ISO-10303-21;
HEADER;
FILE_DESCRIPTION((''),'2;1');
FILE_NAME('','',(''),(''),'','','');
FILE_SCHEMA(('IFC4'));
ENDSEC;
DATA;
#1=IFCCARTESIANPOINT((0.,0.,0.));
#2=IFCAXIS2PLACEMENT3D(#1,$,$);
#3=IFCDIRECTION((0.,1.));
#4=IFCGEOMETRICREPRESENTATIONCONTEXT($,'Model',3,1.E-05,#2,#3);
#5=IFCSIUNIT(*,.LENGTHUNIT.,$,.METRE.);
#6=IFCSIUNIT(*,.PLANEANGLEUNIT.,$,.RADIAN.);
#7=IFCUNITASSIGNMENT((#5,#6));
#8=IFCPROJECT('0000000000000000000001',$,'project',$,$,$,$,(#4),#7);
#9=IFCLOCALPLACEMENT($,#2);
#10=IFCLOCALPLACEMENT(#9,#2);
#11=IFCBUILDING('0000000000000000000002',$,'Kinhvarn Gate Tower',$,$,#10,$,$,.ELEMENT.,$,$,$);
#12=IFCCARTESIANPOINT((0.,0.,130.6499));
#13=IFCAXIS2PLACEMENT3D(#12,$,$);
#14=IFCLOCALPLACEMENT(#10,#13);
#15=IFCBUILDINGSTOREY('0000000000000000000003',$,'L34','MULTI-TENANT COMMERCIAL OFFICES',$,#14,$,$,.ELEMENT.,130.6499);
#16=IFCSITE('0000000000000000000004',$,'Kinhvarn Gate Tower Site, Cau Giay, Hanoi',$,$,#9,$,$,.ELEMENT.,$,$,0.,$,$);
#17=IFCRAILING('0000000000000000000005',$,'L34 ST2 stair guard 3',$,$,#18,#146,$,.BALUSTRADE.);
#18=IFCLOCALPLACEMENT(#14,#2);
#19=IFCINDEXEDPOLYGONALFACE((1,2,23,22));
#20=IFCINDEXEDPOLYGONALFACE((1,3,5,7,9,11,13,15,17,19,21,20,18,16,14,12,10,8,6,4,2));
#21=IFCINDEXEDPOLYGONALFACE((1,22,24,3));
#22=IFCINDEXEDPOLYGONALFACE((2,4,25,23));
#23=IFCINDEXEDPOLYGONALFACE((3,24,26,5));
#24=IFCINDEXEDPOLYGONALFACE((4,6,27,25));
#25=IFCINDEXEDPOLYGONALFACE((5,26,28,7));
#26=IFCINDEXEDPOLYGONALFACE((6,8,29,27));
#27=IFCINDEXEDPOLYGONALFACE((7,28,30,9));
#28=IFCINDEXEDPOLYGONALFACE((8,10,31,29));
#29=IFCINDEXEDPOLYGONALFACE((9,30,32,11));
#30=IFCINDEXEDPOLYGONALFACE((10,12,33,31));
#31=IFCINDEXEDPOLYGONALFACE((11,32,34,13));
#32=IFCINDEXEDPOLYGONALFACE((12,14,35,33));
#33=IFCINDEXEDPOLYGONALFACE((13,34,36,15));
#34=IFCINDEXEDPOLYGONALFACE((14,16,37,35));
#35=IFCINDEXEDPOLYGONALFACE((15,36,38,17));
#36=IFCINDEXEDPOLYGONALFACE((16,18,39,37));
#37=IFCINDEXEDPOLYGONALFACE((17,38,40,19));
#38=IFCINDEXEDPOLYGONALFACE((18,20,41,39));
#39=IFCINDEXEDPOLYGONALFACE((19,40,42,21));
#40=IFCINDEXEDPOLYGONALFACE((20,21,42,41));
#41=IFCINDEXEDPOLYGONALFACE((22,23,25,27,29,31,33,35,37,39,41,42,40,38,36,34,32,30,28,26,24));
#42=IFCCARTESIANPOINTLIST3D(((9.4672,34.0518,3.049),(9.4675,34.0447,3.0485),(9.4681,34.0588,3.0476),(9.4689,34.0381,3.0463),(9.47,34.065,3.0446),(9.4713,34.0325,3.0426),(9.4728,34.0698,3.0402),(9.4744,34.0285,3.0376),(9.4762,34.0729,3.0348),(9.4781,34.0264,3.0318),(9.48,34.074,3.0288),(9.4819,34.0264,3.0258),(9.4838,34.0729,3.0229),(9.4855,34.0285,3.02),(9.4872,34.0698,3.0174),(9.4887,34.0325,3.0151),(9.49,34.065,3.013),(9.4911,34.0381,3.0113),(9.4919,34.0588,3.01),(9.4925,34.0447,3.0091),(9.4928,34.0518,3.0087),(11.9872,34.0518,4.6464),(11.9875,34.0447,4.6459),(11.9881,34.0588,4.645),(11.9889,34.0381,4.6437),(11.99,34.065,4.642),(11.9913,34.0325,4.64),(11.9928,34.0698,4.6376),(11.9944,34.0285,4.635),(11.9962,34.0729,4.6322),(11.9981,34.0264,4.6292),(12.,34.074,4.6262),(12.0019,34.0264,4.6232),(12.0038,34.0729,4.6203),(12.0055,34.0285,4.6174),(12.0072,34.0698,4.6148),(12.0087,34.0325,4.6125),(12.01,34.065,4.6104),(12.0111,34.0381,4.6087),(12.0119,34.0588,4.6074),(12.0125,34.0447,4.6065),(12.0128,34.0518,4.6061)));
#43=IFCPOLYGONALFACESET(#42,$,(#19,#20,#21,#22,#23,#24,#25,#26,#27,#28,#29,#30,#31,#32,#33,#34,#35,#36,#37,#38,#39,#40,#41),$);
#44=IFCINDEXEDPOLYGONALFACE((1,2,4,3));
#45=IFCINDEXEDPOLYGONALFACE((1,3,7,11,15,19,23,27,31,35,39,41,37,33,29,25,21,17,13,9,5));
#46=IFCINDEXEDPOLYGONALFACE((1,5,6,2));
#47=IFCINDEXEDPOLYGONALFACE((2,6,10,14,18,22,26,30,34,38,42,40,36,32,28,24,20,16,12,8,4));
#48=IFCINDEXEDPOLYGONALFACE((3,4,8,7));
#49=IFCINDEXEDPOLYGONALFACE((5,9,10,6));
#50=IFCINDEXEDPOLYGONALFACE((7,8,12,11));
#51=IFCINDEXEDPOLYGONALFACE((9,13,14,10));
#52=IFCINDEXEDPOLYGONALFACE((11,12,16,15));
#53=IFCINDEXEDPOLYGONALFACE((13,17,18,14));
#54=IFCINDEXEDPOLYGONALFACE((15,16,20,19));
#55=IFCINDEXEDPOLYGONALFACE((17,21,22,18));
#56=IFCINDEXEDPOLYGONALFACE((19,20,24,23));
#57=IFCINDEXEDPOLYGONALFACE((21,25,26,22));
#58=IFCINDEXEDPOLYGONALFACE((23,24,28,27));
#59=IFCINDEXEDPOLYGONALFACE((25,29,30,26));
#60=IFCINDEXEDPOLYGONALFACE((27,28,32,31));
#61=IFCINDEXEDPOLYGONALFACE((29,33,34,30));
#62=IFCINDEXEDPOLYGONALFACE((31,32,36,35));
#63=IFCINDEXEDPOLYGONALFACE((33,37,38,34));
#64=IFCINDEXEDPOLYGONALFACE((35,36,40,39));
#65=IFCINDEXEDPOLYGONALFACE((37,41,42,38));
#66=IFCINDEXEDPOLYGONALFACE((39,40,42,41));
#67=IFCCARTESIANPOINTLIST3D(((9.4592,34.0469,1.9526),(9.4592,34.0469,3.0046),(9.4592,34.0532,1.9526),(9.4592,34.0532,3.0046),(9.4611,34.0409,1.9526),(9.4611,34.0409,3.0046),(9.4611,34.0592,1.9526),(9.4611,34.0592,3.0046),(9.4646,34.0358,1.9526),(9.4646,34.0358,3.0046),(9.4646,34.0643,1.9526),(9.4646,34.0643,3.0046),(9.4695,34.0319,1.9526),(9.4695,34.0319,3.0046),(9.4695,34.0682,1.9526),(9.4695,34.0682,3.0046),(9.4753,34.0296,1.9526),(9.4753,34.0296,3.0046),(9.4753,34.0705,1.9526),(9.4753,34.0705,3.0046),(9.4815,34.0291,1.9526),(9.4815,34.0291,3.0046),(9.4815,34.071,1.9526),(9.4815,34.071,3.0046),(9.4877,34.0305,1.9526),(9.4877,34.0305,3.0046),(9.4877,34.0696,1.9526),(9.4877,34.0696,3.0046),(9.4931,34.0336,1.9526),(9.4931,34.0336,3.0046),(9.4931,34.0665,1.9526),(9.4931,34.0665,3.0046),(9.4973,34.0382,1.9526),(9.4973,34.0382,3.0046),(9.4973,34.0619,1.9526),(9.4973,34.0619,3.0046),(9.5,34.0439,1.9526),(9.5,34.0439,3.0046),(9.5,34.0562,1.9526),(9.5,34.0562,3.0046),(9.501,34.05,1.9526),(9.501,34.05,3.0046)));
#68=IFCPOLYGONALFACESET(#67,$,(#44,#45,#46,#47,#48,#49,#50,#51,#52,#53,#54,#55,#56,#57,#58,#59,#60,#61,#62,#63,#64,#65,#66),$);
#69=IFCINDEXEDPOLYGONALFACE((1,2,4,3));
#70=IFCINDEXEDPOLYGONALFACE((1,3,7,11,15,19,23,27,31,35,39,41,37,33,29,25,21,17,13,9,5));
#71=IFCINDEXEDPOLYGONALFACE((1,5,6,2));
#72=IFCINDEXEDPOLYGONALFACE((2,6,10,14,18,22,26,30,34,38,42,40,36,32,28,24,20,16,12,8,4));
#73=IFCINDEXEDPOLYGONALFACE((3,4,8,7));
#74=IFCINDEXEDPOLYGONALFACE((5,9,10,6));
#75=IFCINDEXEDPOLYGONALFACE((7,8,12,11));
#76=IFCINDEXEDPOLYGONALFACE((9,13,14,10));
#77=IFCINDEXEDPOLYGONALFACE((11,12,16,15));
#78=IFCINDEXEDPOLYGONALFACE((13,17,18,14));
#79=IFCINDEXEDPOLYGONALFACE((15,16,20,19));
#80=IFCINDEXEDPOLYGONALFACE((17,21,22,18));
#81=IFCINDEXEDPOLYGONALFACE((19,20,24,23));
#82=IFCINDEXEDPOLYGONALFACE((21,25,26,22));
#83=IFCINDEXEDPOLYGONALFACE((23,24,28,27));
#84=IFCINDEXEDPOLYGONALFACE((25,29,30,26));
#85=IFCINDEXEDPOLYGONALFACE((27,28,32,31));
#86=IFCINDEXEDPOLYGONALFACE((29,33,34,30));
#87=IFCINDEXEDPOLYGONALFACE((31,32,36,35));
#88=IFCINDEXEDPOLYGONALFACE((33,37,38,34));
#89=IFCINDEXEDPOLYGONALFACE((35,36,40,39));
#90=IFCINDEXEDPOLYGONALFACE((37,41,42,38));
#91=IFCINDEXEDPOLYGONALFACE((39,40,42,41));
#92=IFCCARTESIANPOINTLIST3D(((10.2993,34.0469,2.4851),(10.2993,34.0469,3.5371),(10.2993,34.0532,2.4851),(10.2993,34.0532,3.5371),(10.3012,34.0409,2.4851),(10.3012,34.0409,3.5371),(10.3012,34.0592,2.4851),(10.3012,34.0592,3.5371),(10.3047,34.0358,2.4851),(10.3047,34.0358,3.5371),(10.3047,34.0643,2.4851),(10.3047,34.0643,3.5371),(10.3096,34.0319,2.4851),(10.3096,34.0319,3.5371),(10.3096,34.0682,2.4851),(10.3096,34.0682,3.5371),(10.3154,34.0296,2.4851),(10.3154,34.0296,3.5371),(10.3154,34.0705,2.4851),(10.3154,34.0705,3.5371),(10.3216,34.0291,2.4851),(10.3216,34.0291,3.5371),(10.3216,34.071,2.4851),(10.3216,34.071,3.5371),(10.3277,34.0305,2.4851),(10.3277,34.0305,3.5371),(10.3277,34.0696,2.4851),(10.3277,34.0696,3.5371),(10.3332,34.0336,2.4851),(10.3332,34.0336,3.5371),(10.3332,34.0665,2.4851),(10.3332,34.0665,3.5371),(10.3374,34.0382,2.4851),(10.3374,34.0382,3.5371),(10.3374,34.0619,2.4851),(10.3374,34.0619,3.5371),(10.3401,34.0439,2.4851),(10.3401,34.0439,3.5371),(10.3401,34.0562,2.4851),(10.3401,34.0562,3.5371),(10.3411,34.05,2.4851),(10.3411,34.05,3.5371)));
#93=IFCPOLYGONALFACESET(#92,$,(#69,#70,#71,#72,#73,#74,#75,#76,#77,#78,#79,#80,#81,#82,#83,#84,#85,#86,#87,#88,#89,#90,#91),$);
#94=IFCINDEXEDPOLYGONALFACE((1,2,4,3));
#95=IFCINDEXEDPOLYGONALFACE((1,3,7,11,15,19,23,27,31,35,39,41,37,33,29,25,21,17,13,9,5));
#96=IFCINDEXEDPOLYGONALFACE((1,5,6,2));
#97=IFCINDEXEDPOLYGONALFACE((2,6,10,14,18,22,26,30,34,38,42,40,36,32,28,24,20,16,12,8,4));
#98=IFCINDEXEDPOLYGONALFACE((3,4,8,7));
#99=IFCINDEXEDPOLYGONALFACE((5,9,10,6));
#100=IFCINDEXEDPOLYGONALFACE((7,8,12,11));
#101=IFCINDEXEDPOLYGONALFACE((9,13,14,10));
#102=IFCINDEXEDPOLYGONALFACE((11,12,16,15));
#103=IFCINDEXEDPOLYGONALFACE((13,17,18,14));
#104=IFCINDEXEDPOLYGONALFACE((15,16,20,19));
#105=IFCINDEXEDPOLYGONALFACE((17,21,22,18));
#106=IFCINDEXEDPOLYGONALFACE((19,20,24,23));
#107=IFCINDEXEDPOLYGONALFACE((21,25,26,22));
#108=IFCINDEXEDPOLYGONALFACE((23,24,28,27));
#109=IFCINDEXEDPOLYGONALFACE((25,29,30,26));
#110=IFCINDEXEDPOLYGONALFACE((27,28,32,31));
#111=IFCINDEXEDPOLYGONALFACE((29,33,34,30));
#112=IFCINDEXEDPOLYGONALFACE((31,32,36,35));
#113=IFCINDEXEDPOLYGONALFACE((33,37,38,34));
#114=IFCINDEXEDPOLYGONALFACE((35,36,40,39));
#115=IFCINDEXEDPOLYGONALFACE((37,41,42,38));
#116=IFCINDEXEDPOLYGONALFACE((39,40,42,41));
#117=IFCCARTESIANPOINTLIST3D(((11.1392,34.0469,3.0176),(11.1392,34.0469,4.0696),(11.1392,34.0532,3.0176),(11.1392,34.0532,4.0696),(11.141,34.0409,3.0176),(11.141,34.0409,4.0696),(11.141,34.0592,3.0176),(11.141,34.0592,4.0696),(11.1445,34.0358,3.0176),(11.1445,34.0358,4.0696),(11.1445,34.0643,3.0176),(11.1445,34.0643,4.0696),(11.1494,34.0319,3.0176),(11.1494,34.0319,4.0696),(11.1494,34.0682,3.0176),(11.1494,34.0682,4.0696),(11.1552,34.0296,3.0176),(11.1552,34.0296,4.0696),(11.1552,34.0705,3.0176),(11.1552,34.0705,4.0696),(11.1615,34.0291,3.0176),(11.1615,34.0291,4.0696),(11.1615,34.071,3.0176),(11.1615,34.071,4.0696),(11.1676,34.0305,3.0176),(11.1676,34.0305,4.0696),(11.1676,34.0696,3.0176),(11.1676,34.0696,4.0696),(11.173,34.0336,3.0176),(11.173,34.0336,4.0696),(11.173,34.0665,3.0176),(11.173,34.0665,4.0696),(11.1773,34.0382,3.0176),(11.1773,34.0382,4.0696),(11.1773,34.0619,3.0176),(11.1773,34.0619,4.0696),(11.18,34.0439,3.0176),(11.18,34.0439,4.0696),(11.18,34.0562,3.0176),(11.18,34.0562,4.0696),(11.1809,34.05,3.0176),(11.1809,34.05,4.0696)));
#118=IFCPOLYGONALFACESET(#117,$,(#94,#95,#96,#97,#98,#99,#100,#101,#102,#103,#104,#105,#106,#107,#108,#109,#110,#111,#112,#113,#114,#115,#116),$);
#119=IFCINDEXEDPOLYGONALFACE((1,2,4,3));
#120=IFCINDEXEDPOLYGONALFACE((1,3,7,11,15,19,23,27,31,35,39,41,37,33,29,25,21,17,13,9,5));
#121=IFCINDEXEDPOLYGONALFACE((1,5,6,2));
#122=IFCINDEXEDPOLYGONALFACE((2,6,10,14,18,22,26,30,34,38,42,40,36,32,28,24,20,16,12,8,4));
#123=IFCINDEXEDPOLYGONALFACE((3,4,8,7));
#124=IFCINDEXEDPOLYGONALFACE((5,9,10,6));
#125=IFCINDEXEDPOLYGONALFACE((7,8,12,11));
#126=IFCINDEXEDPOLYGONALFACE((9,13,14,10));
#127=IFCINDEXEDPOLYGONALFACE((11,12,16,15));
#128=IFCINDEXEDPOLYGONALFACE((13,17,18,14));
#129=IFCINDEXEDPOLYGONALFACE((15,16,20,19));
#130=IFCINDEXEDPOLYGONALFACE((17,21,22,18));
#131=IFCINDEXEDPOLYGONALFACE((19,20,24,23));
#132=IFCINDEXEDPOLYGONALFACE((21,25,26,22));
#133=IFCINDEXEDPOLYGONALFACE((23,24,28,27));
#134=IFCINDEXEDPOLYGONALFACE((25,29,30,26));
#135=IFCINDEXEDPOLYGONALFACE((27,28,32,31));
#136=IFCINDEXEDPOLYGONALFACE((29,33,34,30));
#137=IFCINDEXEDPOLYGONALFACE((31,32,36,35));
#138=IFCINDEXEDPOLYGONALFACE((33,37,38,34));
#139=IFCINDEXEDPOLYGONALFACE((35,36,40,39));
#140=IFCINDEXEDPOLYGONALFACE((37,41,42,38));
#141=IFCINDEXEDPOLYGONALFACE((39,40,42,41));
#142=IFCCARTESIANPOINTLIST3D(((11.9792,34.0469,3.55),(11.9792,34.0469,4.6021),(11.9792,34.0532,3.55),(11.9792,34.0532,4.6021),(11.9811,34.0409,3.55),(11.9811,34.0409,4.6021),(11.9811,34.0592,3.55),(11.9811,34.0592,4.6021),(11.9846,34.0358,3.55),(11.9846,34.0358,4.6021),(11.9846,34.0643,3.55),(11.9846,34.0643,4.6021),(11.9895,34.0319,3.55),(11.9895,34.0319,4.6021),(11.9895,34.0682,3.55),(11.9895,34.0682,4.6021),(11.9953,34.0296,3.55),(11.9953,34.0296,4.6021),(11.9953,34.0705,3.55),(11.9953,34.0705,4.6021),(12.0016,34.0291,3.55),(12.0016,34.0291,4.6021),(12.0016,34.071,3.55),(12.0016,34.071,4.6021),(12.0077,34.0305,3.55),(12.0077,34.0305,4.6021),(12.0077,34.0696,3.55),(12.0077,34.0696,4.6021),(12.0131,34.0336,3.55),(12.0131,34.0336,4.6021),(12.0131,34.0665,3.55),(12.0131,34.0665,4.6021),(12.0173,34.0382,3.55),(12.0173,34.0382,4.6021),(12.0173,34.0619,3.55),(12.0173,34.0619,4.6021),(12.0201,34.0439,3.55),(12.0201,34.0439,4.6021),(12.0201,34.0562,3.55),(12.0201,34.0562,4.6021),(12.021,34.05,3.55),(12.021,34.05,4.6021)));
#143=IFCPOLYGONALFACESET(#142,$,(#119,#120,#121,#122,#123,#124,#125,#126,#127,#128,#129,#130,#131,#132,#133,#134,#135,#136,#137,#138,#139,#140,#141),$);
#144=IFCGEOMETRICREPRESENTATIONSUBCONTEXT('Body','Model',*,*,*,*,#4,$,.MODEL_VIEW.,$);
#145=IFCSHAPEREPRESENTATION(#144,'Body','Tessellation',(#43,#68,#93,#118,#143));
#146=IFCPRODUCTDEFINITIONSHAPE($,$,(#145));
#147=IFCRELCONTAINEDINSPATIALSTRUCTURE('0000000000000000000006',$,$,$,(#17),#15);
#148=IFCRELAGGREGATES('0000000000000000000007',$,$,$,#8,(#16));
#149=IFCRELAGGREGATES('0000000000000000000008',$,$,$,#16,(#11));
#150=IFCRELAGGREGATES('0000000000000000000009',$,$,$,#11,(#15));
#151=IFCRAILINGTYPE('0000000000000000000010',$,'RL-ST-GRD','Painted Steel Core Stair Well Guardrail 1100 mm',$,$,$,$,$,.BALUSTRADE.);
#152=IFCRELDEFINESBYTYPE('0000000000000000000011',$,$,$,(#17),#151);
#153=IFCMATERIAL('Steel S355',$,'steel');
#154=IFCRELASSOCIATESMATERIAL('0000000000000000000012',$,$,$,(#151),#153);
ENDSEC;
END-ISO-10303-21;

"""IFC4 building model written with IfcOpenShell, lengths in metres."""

from ifc_helpers import new_model, si_unit, direction, frame, origin, origin_2d, place, context, subcontext, project, spatial, circle, extrude, material, type_object, element, save


model = new_model("IFC4")

# Units and contexts
model_context = context("Model", 3, precision=1e-05, world=origin(), true_north=direction((0.0, 1.0)))
body_context = subcontext(model_context, "Body", "Model", "MODEL_VIEW")
ifc_project = project(units=[si_unit("LENGTHUNIT", "METRE"), si_unit("PLANEANGLEUNIT", "RADIAN")], contexts=[model_context])

# Site, building, storey
site_placement = place(None, origin())
site = spatial("IfcSite", under=ifc_project, at=site_placement, Name="Kinhvarn Gate Tower Site, Cau Giay, Hanoi", CompositionType="ELEMENT", RefElevation=0.0)
building_placement = place(site_placement, origin())
building = spatial("IfcBuilding", under=site, at=building_placement, Name="Kinhvarn Gate Tower", CompositionType="ELEMENT")
storey_placement = place(building_placement, frame((0.0, 0.0, 130.6499)))
storey = spatial("IfcBuildingStorey", under=building, at=storey_placement, Name="L34", Description="MULTI-TENANT COMMERCIAL OFFICES", CompositionType="ELEMENT", Elevation=130.6499)

# Shared definitions
ifc_material_1 = material(Name="Steel S355", Category="steel")

# Railing
railing_type_1 = type_object("IfcRailingType", Name="RL-ST-GRD", Description="Painted Steel Core Stair Well Guardrail 1100 mm", PredefinedType="BALUSTRADE", material=ifc_material_1)
railing_1_placement = place(storey_placement, frame((9.48, 34.05, 1.9526)))
element("IfcRailing", 1, at=railing_1_placement, inside=storey, type_object=railing_type_1, Name="L34 ST2 stair guard 3", PredefinedType="BALUSTRADE", context=body_context, shape_type="SweptSolid", body=[
    extrude(circle(Radius=0.0239, at=origin_2d()), frame((0.0, 0.0, 1.0762), z_axis=(0.844607, 0.0, 0.535387), x_axis=(0.0, 1.0, 0.0)), (0.0, 0.0, 1.0), 2.9836),
    extrude(circle(Radius=0.021, at=origin_2d()), origin(), (0.0, 0.0, 1.0), 1.052),
    extrude(circle(Radius=0.021, at=origin_2d()), frame((0.8401, 0.0, 0.5325)), (0.0, 0.0, 1.0), 1.052),
    extrude(circle(Radius=0.021, at=origin_2d()), frame((1.6799, 0.0, 1.0649)), (0.0, 0.0, 1.0), 1.052),
    extrude(circle(Radius=0.021, at=origin_2d()), frame((2.52, 0.0, 1.5974)), (0.0, 0.0, 1.0), 1.052),
])

save(model, "model.ifc")
